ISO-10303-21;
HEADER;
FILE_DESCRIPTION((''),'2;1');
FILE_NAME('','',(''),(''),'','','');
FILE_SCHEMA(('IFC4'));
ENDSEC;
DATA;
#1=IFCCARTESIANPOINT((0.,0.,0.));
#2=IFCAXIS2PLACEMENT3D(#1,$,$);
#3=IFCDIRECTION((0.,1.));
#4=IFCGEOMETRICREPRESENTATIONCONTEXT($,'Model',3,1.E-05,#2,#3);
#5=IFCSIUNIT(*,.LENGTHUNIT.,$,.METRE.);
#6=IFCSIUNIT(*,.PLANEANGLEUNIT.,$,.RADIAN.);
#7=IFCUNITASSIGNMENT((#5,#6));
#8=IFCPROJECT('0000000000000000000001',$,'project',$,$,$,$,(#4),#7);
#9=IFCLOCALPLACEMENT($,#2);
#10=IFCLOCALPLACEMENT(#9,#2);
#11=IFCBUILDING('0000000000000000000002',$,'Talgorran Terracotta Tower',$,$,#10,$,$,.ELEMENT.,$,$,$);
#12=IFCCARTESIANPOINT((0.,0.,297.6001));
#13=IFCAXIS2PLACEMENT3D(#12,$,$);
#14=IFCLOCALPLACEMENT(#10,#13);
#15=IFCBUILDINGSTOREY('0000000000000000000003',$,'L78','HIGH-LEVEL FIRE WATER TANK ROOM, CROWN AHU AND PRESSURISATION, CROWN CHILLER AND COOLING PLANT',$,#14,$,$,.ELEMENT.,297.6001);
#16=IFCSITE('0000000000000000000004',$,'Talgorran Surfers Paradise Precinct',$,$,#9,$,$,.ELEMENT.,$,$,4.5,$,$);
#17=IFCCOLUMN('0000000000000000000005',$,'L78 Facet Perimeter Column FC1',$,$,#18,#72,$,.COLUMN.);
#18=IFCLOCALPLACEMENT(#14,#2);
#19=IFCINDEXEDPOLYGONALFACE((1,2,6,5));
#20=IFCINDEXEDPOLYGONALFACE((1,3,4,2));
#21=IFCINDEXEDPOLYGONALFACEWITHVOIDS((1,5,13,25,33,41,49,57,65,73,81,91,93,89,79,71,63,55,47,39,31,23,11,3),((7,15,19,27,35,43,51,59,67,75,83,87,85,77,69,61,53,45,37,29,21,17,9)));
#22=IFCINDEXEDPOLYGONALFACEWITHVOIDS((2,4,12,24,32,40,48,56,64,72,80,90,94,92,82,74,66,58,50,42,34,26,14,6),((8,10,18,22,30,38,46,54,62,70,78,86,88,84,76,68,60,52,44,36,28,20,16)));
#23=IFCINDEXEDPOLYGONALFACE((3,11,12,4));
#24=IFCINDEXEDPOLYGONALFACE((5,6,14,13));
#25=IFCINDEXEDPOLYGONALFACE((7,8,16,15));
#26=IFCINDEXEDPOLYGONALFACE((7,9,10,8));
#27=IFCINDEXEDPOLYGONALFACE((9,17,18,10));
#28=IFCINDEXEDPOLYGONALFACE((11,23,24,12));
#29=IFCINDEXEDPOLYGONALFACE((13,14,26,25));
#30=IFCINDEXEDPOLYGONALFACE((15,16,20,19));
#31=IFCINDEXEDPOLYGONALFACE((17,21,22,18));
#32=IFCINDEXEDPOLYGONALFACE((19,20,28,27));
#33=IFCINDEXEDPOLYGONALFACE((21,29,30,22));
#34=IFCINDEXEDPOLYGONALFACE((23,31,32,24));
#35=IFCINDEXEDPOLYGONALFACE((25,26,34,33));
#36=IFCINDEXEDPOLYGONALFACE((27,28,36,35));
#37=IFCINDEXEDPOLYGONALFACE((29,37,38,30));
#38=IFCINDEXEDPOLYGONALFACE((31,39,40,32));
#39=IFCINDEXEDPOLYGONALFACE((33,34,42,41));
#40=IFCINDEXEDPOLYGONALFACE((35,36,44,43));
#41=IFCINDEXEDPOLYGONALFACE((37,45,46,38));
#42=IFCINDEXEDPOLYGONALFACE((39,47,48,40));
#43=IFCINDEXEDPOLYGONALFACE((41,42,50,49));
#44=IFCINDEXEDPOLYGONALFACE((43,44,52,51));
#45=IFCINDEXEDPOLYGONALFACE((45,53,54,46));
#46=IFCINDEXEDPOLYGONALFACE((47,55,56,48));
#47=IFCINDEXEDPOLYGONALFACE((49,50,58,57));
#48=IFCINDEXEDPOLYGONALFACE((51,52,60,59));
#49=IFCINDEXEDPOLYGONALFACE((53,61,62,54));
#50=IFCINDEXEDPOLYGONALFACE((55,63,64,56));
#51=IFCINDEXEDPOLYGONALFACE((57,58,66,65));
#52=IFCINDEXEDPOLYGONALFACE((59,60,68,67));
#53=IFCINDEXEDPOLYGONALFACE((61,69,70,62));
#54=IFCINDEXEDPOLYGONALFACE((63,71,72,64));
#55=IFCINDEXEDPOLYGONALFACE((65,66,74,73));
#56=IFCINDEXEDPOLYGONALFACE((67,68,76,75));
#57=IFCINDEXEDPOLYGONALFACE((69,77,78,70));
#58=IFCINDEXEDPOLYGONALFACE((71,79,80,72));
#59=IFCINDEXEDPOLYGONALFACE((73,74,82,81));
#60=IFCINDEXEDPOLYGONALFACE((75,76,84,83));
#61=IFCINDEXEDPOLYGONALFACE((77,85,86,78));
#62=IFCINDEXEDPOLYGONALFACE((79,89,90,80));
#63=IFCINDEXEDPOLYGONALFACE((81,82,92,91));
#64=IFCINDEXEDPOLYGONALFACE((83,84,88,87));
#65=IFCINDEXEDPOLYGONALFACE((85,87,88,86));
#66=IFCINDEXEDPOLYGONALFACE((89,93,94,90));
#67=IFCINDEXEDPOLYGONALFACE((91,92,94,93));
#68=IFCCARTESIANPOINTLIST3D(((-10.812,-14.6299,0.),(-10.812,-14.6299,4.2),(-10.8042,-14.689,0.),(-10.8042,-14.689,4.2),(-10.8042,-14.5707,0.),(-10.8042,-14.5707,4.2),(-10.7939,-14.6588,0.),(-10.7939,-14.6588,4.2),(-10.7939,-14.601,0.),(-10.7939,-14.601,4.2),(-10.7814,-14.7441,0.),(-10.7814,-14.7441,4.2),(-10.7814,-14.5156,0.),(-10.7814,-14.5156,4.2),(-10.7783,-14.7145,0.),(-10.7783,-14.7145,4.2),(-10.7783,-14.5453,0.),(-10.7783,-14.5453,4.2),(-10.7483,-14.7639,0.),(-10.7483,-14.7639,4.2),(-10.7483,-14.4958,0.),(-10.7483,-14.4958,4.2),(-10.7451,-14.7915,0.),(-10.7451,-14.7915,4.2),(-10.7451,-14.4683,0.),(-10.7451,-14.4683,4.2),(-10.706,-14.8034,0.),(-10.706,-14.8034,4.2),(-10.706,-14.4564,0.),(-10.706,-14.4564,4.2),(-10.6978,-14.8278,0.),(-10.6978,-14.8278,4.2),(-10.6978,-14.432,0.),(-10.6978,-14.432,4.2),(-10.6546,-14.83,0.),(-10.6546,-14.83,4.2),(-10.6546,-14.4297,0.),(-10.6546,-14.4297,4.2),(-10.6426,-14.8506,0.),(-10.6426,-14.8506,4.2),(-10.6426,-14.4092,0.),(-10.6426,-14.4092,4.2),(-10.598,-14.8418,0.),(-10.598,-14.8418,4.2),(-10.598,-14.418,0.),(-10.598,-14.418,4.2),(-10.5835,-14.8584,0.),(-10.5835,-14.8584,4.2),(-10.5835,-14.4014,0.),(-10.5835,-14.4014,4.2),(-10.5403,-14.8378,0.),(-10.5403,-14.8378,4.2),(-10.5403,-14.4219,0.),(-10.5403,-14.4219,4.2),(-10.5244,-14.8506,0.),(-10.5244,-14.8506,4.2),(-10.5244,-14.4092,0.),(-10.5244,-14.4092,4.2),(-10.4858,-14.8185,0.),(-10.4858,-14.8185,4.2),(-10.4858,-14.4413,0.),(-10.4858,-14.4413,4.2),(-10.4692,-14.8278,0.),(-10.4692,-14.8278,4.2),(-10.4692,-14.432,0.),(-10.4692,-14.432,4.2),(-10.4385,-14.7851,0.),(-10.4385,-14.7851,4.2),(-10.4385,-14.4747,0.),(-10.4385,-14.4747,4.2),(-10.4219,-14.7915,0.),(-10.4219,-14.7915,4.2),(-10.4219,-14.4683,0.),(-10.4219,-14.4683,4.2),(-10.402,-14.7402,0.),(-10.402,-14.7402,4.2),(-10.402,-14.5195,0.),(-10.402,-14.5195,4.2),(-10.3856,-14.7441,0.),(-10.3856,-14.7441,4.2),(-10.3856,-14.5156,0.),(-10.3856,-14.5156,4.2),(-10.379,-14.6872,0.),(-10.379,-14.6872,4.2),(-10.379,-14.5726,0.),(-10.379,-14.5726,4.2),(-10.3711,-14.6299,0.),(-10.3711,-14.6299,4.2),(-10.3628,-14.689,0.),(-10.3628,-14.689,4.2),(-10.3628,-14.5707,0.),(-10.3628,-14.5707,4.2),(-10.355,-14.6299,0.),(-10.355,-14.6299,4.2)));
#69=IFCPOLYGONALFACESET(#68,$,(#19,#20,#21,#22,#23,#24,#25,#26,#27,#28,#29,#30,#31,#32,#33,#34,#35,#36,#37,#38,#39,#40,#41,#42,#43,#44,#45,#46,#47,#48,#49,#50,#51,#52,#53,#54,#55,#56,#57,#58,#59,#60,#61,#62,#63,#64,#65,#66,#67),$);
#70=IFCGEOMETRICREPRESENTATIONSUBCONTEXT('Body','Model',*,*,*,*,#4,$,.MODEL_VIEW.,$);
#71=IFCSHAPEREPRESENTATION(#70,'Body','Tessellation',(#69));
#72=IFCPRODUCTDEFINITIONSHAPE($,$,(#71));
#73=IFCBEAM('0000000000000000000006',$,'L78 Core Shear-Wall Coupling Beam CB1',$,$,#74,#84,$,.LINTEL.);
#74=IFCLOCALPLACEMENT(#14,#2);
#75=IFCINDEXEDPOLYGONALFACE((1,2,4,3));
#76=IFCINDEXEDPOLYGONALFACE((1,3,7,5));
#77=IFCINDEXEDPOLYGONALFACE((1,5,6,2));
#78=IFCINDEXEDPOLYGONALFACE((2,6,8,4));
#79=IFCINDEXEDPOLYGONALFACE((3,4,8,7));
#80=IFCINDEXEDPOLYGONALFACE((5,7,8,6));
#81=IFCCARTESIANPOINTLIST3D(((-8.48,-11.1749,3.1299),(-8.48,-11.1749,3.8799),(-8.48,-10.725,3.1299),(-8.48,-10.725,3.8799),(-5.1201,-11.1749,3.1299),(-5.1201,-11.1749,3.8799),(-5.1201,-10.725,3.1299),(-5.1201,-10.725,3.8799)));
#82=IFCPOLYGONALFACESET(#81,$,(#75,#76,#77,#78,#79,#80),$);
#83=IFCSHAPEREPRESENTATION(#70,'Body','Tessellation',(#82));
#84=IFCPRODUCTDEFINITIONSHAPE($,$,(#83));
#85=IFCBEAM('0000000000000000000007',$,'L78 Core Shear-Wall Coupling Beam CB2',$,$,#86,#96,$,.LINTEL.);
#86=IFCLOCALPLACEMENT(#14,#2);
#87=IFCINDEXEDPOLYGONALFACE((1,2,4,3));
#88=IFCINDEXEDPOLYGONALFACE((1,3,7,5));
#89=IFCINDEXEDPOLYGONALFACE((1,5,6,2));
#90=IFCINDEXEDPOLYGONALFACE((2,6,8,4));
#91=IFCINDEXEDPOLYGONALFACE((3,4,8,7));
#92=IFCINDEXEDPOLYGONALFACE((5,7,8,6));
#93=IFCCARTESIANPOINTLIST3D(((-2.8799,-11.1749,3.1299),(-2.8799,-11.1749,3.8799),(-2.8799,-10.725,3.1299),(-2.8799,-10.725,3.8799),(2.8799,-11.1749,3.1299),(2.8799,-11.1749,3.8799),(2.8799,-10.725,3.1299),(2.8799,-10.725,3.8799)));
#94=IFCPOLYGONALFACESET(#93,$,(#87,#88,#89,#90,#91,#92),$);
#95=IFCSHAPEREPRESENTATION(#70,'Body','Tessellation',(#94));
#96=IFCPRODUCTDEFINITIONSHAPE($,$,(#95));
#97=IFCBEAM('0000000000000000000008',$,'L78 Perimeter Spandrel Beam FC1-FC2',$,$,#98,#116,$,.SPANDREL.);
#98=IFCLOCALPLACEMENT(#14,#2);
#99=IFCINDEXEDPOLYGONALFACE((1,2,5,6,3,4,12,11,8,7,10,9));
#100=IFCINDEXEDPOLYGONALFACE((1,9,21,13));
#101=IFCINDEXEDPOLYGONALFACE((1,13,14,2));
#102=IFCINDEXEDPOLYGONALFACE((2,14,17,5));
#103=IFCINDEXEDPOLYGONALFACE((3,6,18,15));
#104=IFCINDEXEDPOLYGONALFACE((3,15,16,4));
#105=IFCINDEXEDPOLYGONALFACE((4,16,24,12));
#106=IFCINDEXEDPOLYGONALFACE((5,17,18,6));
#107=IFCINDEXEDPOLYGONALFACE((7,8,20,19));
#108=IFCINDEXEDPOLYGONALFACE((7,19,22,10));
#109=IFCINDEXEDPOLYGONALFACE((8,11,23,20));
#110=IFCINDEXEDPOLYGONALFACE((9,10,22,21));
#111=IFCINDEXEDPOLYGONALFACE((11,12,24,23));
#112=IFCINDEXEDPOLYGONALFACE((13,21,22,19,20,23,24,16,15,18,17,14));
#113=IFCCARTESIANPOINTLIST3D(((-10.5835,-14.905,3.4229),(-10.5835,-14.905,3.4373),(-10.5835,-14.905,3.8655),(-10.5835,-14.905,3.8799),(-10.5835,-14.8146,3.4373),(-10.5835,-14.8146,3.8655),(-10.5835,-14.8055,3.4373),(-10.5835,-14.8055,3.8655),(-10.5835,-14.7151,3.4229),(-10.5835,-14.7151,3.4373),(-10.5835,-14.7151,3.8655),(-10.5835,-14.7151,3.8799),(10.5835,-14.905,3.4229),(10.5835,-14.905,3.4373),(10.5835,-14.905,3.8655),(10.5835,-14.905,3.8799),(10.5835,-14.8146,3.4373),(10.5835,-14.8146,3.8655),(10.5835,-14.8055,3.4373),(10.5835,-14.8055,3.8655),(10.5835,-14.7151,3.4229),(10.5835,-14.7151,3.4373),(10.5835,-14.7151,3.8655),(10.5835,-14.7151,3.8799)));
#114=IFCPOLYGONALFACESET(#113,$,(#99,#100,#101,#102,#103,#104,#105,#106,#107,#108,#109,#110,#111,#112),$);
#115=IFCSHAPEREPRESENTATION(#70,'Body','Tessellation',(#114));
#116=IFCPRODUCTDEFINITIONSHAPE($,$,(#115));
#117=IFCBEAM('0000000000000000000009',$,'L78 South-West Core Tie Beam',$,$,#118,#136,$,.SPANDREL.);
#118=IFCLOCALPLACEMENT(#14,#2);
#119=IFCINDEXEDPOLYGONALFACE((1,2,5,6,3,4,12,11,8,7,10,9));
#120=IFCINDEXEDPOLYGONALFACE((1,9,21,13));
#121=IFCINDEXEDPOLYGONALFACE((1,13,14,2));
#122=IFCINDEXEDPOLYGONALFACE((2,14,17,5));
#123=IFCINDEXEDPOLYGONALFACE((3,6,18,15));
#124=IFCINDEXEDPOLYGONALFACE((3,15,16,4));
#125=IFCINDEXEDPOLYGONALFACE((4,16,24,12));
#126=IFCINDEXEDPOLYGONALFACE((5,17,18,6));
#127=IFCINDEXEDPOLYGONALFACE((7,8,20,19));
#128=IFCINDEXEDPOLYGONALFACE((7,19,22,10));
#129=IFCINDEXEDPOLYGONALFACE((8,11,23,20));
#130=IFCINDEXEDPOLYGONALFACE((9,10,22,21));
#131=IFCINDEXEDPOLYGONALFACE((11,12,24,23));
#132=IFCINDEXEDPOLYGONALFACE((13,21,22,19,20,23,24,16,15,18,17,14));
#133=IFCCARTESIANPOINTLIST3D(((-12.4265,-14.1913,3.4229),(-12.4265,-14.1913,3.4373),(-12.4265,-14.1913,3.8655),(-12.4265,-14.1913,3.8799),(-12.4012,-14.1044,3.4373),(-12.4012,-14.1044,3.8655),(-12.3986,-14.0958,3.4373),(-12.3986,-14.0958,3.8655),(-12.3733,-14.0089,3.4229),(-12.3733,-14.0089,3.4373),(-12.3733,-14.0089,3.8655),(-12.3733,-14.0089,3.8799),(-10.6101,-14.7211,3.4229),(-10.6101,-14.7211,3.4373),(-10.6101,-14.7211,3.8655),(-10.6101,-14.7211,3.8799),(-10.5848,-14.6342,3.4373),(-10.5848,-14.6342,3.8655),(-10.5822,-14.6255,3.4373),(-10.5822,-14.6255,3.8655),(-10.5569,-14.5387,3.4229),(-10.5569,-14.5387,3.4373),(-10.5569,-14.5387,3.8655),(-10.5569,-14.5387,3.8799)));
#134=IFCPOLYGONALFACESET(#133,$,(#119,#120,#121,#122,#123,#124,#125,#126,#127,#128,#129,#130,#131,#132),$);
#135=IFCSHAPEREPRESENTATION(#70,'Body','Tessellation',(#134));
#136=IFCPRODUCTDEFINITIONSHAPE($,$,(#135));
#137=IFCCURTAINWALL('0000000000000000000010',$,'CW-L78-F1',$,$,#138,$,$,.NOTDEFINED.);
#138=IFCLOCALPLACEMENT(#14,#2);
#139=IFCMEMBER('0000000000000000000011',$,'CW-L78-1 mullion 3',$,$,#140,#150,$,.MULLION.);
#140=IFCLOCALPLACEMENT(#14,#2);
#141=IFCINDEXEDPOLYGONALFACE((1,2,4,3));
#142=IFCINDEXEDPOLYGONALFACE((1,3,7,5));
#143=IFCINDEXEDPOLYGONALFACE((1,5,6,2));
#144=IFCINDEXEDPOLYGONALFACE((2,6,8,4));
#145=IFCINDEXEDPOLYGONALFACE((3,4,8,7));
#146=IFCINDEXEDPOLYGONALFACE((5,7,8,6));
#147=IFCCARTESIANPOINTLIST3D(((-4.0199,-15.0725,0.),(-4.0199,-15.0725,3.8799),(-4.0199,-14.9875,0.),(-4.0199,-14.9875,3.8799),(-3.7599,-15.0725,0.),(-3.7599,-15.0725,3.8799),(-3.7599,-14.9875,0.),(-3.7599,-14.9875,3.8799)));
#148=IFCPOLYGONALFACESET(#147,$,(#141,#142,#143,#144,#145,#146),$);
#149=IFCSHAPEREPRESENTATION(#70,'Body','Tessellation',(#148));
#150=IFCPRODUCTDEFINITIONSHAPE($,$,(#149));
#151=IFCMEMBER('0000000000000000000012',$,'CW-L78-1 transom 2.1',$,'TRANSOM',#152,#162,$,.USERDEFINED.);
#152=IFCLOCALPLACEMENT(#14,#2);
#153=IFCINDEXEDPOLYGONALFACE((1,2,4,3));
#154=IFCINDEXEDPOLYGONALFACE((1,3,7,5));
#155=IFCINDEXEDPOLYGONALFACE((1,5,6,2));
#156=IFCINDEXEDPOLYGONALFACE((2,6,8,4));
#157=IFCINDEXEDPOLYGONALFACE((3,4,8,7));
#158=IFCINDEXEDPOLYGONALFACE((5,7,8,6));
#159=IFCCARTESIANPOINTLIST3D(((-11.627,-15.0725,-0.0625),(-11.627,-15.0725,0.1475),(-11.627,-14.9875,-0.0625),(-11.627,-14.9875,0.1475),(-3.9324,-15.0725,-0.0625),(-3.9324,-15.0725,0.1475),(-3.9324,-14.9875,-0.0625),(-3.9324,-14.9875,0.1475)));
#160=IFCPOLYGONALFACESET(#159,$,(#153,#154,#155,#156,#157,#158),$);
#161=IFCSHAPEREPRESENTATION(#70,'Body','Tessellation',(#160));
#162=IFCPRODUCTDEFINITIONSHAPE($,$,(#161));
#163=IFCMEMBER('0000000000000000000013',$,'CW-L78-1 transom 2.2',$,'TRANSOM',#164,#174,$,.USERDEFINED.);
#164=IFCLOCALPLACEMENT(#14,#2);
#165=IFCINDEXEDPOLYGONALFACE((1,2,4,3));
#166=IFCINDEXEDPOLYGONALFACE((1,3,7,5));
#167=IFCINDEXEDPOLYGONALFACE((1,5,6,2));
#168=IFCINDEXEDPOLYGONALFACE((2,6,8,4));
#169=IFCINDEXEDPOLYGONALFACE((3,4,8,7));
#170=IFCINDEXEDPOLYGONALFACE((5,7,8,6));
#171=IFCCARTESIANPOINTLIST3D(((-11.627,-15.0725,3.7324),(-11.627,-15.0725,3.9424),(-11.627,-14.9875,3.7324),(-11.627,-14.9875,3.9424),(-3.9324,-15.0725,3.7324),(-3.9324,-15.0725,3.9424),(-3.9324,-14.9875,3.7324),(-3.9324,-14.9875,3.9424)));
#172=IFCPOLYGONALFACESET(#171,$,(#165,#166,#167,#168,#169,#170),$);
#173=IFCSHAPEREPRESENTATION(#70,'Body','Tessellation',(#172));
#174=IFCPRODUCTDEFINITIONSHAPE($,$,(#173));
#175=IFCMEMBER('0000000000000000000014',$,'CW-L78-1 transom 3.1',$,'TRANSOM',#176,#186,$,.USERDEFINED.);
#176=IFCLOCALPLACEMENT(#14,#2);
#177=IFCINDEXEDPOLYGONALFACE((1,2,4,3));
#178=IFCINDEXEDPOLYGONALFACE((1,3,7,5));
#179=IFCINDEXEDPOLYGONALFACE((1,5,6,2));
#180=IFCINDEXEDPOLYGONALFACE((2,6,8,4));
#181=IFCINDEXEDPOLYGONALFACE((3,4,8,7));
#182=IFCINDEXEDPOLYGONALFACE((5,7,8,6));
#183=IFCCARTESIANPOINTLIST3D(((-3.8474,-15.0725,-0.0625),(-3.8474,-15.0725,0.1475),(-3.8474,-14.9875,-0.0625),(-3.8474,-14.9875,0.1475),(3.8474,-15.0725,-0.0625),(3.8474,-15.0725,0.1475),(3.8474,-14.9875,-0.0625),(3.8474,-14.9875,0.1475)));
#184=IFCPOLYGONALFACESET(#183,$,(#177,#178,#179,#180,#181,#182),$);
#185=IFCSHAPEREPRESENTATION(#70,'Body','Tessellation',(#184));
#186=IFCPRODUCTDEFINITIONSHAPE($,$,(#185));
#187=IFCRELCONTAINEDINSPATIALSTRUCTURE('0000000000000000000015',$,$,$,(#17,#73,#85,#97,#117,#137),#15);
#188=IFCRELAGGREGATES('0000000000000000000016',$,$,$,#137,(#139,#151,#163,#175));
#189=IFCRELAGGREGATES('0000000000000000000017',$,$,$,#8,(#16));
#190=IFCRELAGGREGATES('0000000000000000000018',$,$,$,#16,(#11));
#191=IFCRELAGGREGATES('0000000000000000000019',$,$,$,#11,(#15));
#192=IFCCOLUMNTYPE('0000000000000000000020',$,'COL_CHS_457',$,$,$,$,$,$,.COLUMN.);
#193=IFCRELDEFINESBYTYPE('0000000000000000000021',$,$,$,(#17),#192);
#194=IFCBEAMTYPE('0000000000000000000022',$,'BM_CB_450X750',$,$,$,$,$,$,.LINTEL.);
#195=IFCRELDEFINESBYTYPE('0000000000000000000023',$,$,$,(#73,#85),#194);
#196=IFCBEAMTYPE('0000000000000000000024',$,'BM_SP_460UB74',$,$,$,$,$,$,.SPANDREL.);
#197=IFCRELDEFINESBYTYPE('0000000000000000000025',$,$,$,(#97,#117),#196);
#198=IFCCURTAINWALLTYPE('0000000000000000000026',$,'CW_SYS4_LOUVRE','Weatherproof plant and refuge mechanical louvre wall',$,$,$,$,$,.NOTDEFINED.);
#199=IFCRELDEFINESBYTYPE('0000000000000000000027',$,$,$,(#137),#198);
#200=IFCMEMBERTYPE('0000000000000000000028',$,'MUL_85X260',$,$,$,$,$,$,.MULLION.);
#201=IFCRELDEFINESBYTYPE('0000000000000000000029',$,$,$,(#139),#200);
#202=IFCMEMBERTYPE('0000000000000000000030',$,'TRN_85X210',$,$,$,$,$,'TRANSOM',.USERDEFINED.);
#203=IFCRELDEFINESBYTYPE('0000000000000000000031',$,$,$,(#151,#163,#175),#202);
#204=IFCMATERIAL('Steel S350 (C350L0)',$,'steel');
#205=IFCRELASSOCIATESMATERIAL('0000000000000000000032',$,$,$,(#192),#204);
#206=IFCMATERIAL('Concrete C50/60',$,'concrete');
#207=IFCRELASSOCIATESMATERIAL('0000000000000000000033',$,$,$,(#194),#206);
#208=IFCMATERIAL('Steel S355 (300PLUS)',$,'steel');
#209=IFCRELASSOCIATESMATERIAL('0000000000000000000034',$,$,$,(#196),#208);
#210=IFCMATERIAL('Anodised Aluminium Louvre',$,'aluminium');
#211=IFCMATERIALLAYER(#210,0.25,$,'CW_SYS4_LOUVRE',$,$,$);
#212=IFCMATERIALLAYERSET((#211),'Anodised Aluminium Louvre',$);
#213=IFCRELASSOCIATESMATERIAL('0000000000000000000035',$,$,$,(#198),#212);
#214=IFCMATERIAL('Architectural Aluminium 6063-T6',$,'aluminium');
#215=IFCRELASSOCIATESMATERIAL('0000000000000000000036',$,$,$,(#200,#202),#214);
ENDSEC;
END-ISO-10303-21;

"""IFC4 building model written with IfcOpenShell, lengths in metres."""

from ifc_helpers import new_model, si_unit, direction, frame, origin, origin_2d, place, context, subcontext, project, spatial, rectangle, hollow_circle, i_section, extrude, material, layer, layer_set, material_profile, profile_set, type_object, element, aggregate, save


model = new_model("IFC4")

# Units and contexts
model_context = context("Model", 3, precision=1e-05, world=origin(), true_north=direction((0.0, 1.0)))
body_context = subcontext(model_context, "Body", "Model", "MODEL_VIEW")
ifc_project = project(units=[si_unit("LENGTHUNIT", "METRE"), si_unit("PLANEANGLEUNIT", "RADIAN")], contexts=[model_context])

# Site, building, storey
site_placement = place(None, origin())
site = spatial("IfcSite", under=ifc_project, at=site_placement, Name="Talgorran Surfers Paradise Precinct", CompositionType="ELEMENT", RefElevation=4.5)
building_placement = place(site_placement, origin())
building = spatial("IfcBuilding", under=site, at=building_placement, Name="Talgorran Terracotta Tower", CompositionType="ELEMENT")
storey_placement = place(building_placement, frame((0.0, 0.0, 297.6001)))
storey = spatial("IfcBuildingStorey", under=building, at=storey_placement, Name="L78", Description="HIGH-LEVEL FIRE WATER TANK ROOM, CROWN AHU AND PRESSURISATION, CROWN CHILLER AND COOLING PLANT", CompositionType="ELEMENT", Elevation=297.6001)

# Column
ifc_material_1 = material(Name="Steel S350 (C350L0)", Category="steel")
ifc_material_profile_1 = material_profile(ifc_material_1, hollow_circle(Radius=0.2285, WallThickness=0.0161, at=origin_2d()), Name="CHS457X16")
ifc_profile_set_1 = profile_set([ifc_material_profile_1], Name="Steel S350 (C350L0)")
column_type = type_object("IfcColumnType", Name="COL_CHS_457", PredefinedType="COLUMN", material=ifc_profile_set_1)
column_placement = place(storey_placement, frame((-10.5835, -14.6299, 0.0), z_axis=(0.0, 0.0, 1.0), x_axis=(1.0, 0.0, 0.0)))
element("IfcColumn", 1, at=column_placement, inside=storey, type_object=column_type, Name="L78 Facet Perimeter Column FC1", PredefinedType="COLUMN", context=body_context, shape_type="SweptSolid", body=[
    extrude(hollow_circle(Radius=0.2285, WallThickness=0.0161, at=origin_2d()), origin(), (0.0, 0.0, 1.0), 4.2),
])

# Beams
ifc_material_2 = material(Name="Concrete C50/60", Category="concrete")
ifc_material_profile_2 = material_profile(ifc_material_2, rectangle(XDim=0.45, YDim=0.75, at=origin_2d()), Name="RCCB450X750")
ifc_profile_set_2 = profile_set([ifc_material_profile_2], Name="Concrete C50/60")
beam_type_1 = type_object("IfcBeamType", Name="BM_CB_450X750", PredefinedType="LINTEL", material=ifc_profile_set_2)
beam_1_placement = place(storey_placement, frame((-8.48, -10.95, 3.5049), z_axis=(1.0, 0.0, 0.0), x_axis=(0.0, 1.0, 0.0)))
element("IfcBeam", 2, at=beam_1_placement, inside=storey, type_object=beam_type_1, Name="L78 Core Shear-Wall Coupling Beam CB1", PredefinedType="LINTEL", context=body_context, shape_type="SweptSolid", body=[
    extrude(rectangle(XDim=0.45, YDim=0.75, at=origin_2d()), origin(), (0.0, 0.0, 1.0), 3.3599),
])
beam_2_placement = place(storey_placement, frame((-2.8799, -10.95, 3.5049), z_axis=(1.0, 0.0, 0.0), x_axis=(0.0, 1.0, 0.0)))
element("IfcBeam", 3, at=beam_2_placement, inside=storey, type_object=beam_type_1, Name="L78 Core Shear-Wall Coupling Beam CB2", PredefinedType="LINTEL", context=body_context, shape_type="SweptSolid", body=[
    extrude(rectangle(XDim=0.45, YDim=0.75, at=origin_2d()), origin(), (0.0, 0.0, 1.0), 5.7598),
])
ifc_material_3 = material(Name="Steel S355 (300PLUS)", Category="steel")
ifc_material_profile_3 = material_profile(ifc_material_3, i_section(OverallWidth=0.1899, OverallDepth=0.457, WebThickness=0.009, FlangeThickness=0.0144, at=origin_2d()), Name="460UB74.6")
ifc_profile_set_3 = profile_set([ifc_material_profile_3], Name="Steel S355 (300PLUS)")
beam_type_2 = type_object("IfcBeamType", Name="BM_SP_460UB74", PredefinedType="SPANDREL", material=ifc_profile_set_3)
beam_3_placement = place(storey_placement, frame((-10.5835, -14.8101, 3.6514), z_axis=(1.0, 0.0, 0.0), x_axis=(0.0, 1.0, 0.0)))
element("IfcBeam", 4, at=beam_3_placement, inside=storey, type_object=beam_type_2, Name="L78 Perimeter Spandrel Beam FC1-FC2", PredefinedType="SPANDREL", context=body_context, shape_type="SweptSolid", body=[
    extrude(i_section(OverallWidth=0.1899, OverallDepth=0.457, WebThickness=0.009, FlangeThickness=0.0144, at=origin_2d()), origin(), (0.0, 0.0, 1.0), 21.167),
])
beam_4_placement = place(storey_placement, frame((-10.5835, -14.6299, 3.6514), z_axis=(-0.96, 0.28, 0.0), x_axis=(-0.28, -0.96, 0.0)))
element("IfcBeam", 5, at=beam_4_placement, inside=storey, type_object=beam_type_2, Name="L78 South-West Core Tie Beam", PredefinedType="SPANDREL", context=body_context, shape_type="SweptSolid", body=[
    extrude(i_section(OverallWidth=0.1899, OverallDepth=0.457, WebThickness=0.009, FlangeThickness=0.0144, at=origin_2d()), origin(), (0.0, 0.0, 1.0), 1.8921),
])

# Curtain wall, members
ifc_material_4 = material(Name="Anodised Aluminium Louvre", Category="aluminium")
ifc_layer_1 = layer(ifc_material_4, 0.25, Name="CW_SYS4_LOUVRE")
ifc_layer_set_1 = layer_set([ifc_layer_1], Name="Anodised Aluminium Louvre")
curtain_wall_type = type_object("IfcCurtainWallType", Name="CW_SYS4_LOUVRE", Description="Weatherproof plant and refuge mechanical louvre wall", PredefinedType="NOTDEFINED", material=ifc_layer_set_1)
curtain_wall_placement = place(storey_placement, origin())
curtain_wall = element("IfcCurtainWall", 6, at=curtain_wall_placement, inside=storey, type_object=curtain_wall_type, Name="CW-L78-F1", PredefinedType="NOTDEFINED")
ifc_material_5 = material(Name="Architectural Aluminium 6063-T6", Category="aluminium")
ifc_material_profile_4 = material_profile(ifc_material_5, rectangle(XDim=0.085, YDim=0.26, at=origin_2d()), Name="CWM85X260")
ifc_profile_set_4 = profile_set([ifc_material_profile_4], Name="Architectural Aluminium 6063-T6")
member_type_1 = type_object("IfcMemberType", Name="MUL_85X260", PredefinedType="MULLION", material=ifc_profile_set_4)
member_1_placement = place(storey_placement, frame((-3.8899, -15.03, 0.0), z_axis=(0.0, 0.0, 1.0), x_axis=(0.0, 1.0, 0.0)))
member_1 = element("IfcMember", 7, at=member_1_placement, type_object=member_type_1, Name="CW-L78-1 mullion 3", PredefinedType="MULLION", context=body_context, shape_type="SweptSolid", body=[
    extrude(rectangle(XDim=0.085, YDim=0.26, at=origin_2d()), origin(), (0.0, 0.0, 1.0), 3.8799),
])
ifc_material_profile_5 = material_profile(ifc_material_5, rectangle(XDim=0.085, YDim=0.21, at=origin_2d()), Name="CWT85X210")
ifc_profile_set_5 = profile_set([ifc_material_profile_5], Name="Architectural Aluminium 6063-T6")
member_type_2 = type_object("IfcMemberType", Name="TRN_85X210", ElementType="TRANSOM", PredefinedType="USERDEFINED", material=ifc_profile_set_5)
member_2_placement = place(storey_placement, frame((-11.627, -15.03, 0.0425), z_axis=(1.0, 0.0, 0.0), x_axis=(0.0, 1.0, 0.0)))
member_2 = element("IfcMember", 8, at=member_2_placement, type_object=member_type_2, Name="CW-L78-1 transom 2.1", ObjectType="TRANSOM", PredefinedType="USERDEFINED", context=body_context, shape_type="SweptSolid", body=[
    extrude(rectangle(XDim=0.085, YDim=0.21, at=origin_2d()), origin(), (0.0, 0.0, 1.0), 7.6946),
])
member_3_placement = place(storey_placement, frame((-11.627, -15.03, 3.8374), z_axis=(1.0, 0.0, 0.0), x_axis=(0.0, 1.0, 0.0)))
member_3 = element("IfcMember", 9, at=member_3_placement, type_object=member_type_2, Name="CW-L78-1 transom 2.2", ObjectType="TRANSOM", PredefinedType="USERDEFINED", context=body_context, shape_type="SweptSolid", body=[
    extrude(rectangle(XDim=0.085, YDim=0.21, at=origin_2d()), origin(), (0.0, 0.0, 1.0), 7.6946),
])
member_4_placement = place(storey_placement, frame((-3.8474, -15.03, 0.0425), z_axis=(1.0, 0.0, 0.0), x_axis=(0.0, 1.0, 0.0)))
member_4 = element("IfcMember", 10, at=member_4_placement, type_object=member_type_2, Name="CW-L78-1 transom 3.1", ObjectType="TRANSOM", PredefinedType="USERDEFINED", context=body_context, shape_type="SweptSolid", body=[
    extrude(rectangle(XDim=0.085, YDim=0.21, at=origin_2d()), origin(), (0.0, 0.0, 1.0), 7.6948),
])
aggregate(curtain_wall, [member_1, member_2, member_3, member_4])

save(model, "model.ifc")
